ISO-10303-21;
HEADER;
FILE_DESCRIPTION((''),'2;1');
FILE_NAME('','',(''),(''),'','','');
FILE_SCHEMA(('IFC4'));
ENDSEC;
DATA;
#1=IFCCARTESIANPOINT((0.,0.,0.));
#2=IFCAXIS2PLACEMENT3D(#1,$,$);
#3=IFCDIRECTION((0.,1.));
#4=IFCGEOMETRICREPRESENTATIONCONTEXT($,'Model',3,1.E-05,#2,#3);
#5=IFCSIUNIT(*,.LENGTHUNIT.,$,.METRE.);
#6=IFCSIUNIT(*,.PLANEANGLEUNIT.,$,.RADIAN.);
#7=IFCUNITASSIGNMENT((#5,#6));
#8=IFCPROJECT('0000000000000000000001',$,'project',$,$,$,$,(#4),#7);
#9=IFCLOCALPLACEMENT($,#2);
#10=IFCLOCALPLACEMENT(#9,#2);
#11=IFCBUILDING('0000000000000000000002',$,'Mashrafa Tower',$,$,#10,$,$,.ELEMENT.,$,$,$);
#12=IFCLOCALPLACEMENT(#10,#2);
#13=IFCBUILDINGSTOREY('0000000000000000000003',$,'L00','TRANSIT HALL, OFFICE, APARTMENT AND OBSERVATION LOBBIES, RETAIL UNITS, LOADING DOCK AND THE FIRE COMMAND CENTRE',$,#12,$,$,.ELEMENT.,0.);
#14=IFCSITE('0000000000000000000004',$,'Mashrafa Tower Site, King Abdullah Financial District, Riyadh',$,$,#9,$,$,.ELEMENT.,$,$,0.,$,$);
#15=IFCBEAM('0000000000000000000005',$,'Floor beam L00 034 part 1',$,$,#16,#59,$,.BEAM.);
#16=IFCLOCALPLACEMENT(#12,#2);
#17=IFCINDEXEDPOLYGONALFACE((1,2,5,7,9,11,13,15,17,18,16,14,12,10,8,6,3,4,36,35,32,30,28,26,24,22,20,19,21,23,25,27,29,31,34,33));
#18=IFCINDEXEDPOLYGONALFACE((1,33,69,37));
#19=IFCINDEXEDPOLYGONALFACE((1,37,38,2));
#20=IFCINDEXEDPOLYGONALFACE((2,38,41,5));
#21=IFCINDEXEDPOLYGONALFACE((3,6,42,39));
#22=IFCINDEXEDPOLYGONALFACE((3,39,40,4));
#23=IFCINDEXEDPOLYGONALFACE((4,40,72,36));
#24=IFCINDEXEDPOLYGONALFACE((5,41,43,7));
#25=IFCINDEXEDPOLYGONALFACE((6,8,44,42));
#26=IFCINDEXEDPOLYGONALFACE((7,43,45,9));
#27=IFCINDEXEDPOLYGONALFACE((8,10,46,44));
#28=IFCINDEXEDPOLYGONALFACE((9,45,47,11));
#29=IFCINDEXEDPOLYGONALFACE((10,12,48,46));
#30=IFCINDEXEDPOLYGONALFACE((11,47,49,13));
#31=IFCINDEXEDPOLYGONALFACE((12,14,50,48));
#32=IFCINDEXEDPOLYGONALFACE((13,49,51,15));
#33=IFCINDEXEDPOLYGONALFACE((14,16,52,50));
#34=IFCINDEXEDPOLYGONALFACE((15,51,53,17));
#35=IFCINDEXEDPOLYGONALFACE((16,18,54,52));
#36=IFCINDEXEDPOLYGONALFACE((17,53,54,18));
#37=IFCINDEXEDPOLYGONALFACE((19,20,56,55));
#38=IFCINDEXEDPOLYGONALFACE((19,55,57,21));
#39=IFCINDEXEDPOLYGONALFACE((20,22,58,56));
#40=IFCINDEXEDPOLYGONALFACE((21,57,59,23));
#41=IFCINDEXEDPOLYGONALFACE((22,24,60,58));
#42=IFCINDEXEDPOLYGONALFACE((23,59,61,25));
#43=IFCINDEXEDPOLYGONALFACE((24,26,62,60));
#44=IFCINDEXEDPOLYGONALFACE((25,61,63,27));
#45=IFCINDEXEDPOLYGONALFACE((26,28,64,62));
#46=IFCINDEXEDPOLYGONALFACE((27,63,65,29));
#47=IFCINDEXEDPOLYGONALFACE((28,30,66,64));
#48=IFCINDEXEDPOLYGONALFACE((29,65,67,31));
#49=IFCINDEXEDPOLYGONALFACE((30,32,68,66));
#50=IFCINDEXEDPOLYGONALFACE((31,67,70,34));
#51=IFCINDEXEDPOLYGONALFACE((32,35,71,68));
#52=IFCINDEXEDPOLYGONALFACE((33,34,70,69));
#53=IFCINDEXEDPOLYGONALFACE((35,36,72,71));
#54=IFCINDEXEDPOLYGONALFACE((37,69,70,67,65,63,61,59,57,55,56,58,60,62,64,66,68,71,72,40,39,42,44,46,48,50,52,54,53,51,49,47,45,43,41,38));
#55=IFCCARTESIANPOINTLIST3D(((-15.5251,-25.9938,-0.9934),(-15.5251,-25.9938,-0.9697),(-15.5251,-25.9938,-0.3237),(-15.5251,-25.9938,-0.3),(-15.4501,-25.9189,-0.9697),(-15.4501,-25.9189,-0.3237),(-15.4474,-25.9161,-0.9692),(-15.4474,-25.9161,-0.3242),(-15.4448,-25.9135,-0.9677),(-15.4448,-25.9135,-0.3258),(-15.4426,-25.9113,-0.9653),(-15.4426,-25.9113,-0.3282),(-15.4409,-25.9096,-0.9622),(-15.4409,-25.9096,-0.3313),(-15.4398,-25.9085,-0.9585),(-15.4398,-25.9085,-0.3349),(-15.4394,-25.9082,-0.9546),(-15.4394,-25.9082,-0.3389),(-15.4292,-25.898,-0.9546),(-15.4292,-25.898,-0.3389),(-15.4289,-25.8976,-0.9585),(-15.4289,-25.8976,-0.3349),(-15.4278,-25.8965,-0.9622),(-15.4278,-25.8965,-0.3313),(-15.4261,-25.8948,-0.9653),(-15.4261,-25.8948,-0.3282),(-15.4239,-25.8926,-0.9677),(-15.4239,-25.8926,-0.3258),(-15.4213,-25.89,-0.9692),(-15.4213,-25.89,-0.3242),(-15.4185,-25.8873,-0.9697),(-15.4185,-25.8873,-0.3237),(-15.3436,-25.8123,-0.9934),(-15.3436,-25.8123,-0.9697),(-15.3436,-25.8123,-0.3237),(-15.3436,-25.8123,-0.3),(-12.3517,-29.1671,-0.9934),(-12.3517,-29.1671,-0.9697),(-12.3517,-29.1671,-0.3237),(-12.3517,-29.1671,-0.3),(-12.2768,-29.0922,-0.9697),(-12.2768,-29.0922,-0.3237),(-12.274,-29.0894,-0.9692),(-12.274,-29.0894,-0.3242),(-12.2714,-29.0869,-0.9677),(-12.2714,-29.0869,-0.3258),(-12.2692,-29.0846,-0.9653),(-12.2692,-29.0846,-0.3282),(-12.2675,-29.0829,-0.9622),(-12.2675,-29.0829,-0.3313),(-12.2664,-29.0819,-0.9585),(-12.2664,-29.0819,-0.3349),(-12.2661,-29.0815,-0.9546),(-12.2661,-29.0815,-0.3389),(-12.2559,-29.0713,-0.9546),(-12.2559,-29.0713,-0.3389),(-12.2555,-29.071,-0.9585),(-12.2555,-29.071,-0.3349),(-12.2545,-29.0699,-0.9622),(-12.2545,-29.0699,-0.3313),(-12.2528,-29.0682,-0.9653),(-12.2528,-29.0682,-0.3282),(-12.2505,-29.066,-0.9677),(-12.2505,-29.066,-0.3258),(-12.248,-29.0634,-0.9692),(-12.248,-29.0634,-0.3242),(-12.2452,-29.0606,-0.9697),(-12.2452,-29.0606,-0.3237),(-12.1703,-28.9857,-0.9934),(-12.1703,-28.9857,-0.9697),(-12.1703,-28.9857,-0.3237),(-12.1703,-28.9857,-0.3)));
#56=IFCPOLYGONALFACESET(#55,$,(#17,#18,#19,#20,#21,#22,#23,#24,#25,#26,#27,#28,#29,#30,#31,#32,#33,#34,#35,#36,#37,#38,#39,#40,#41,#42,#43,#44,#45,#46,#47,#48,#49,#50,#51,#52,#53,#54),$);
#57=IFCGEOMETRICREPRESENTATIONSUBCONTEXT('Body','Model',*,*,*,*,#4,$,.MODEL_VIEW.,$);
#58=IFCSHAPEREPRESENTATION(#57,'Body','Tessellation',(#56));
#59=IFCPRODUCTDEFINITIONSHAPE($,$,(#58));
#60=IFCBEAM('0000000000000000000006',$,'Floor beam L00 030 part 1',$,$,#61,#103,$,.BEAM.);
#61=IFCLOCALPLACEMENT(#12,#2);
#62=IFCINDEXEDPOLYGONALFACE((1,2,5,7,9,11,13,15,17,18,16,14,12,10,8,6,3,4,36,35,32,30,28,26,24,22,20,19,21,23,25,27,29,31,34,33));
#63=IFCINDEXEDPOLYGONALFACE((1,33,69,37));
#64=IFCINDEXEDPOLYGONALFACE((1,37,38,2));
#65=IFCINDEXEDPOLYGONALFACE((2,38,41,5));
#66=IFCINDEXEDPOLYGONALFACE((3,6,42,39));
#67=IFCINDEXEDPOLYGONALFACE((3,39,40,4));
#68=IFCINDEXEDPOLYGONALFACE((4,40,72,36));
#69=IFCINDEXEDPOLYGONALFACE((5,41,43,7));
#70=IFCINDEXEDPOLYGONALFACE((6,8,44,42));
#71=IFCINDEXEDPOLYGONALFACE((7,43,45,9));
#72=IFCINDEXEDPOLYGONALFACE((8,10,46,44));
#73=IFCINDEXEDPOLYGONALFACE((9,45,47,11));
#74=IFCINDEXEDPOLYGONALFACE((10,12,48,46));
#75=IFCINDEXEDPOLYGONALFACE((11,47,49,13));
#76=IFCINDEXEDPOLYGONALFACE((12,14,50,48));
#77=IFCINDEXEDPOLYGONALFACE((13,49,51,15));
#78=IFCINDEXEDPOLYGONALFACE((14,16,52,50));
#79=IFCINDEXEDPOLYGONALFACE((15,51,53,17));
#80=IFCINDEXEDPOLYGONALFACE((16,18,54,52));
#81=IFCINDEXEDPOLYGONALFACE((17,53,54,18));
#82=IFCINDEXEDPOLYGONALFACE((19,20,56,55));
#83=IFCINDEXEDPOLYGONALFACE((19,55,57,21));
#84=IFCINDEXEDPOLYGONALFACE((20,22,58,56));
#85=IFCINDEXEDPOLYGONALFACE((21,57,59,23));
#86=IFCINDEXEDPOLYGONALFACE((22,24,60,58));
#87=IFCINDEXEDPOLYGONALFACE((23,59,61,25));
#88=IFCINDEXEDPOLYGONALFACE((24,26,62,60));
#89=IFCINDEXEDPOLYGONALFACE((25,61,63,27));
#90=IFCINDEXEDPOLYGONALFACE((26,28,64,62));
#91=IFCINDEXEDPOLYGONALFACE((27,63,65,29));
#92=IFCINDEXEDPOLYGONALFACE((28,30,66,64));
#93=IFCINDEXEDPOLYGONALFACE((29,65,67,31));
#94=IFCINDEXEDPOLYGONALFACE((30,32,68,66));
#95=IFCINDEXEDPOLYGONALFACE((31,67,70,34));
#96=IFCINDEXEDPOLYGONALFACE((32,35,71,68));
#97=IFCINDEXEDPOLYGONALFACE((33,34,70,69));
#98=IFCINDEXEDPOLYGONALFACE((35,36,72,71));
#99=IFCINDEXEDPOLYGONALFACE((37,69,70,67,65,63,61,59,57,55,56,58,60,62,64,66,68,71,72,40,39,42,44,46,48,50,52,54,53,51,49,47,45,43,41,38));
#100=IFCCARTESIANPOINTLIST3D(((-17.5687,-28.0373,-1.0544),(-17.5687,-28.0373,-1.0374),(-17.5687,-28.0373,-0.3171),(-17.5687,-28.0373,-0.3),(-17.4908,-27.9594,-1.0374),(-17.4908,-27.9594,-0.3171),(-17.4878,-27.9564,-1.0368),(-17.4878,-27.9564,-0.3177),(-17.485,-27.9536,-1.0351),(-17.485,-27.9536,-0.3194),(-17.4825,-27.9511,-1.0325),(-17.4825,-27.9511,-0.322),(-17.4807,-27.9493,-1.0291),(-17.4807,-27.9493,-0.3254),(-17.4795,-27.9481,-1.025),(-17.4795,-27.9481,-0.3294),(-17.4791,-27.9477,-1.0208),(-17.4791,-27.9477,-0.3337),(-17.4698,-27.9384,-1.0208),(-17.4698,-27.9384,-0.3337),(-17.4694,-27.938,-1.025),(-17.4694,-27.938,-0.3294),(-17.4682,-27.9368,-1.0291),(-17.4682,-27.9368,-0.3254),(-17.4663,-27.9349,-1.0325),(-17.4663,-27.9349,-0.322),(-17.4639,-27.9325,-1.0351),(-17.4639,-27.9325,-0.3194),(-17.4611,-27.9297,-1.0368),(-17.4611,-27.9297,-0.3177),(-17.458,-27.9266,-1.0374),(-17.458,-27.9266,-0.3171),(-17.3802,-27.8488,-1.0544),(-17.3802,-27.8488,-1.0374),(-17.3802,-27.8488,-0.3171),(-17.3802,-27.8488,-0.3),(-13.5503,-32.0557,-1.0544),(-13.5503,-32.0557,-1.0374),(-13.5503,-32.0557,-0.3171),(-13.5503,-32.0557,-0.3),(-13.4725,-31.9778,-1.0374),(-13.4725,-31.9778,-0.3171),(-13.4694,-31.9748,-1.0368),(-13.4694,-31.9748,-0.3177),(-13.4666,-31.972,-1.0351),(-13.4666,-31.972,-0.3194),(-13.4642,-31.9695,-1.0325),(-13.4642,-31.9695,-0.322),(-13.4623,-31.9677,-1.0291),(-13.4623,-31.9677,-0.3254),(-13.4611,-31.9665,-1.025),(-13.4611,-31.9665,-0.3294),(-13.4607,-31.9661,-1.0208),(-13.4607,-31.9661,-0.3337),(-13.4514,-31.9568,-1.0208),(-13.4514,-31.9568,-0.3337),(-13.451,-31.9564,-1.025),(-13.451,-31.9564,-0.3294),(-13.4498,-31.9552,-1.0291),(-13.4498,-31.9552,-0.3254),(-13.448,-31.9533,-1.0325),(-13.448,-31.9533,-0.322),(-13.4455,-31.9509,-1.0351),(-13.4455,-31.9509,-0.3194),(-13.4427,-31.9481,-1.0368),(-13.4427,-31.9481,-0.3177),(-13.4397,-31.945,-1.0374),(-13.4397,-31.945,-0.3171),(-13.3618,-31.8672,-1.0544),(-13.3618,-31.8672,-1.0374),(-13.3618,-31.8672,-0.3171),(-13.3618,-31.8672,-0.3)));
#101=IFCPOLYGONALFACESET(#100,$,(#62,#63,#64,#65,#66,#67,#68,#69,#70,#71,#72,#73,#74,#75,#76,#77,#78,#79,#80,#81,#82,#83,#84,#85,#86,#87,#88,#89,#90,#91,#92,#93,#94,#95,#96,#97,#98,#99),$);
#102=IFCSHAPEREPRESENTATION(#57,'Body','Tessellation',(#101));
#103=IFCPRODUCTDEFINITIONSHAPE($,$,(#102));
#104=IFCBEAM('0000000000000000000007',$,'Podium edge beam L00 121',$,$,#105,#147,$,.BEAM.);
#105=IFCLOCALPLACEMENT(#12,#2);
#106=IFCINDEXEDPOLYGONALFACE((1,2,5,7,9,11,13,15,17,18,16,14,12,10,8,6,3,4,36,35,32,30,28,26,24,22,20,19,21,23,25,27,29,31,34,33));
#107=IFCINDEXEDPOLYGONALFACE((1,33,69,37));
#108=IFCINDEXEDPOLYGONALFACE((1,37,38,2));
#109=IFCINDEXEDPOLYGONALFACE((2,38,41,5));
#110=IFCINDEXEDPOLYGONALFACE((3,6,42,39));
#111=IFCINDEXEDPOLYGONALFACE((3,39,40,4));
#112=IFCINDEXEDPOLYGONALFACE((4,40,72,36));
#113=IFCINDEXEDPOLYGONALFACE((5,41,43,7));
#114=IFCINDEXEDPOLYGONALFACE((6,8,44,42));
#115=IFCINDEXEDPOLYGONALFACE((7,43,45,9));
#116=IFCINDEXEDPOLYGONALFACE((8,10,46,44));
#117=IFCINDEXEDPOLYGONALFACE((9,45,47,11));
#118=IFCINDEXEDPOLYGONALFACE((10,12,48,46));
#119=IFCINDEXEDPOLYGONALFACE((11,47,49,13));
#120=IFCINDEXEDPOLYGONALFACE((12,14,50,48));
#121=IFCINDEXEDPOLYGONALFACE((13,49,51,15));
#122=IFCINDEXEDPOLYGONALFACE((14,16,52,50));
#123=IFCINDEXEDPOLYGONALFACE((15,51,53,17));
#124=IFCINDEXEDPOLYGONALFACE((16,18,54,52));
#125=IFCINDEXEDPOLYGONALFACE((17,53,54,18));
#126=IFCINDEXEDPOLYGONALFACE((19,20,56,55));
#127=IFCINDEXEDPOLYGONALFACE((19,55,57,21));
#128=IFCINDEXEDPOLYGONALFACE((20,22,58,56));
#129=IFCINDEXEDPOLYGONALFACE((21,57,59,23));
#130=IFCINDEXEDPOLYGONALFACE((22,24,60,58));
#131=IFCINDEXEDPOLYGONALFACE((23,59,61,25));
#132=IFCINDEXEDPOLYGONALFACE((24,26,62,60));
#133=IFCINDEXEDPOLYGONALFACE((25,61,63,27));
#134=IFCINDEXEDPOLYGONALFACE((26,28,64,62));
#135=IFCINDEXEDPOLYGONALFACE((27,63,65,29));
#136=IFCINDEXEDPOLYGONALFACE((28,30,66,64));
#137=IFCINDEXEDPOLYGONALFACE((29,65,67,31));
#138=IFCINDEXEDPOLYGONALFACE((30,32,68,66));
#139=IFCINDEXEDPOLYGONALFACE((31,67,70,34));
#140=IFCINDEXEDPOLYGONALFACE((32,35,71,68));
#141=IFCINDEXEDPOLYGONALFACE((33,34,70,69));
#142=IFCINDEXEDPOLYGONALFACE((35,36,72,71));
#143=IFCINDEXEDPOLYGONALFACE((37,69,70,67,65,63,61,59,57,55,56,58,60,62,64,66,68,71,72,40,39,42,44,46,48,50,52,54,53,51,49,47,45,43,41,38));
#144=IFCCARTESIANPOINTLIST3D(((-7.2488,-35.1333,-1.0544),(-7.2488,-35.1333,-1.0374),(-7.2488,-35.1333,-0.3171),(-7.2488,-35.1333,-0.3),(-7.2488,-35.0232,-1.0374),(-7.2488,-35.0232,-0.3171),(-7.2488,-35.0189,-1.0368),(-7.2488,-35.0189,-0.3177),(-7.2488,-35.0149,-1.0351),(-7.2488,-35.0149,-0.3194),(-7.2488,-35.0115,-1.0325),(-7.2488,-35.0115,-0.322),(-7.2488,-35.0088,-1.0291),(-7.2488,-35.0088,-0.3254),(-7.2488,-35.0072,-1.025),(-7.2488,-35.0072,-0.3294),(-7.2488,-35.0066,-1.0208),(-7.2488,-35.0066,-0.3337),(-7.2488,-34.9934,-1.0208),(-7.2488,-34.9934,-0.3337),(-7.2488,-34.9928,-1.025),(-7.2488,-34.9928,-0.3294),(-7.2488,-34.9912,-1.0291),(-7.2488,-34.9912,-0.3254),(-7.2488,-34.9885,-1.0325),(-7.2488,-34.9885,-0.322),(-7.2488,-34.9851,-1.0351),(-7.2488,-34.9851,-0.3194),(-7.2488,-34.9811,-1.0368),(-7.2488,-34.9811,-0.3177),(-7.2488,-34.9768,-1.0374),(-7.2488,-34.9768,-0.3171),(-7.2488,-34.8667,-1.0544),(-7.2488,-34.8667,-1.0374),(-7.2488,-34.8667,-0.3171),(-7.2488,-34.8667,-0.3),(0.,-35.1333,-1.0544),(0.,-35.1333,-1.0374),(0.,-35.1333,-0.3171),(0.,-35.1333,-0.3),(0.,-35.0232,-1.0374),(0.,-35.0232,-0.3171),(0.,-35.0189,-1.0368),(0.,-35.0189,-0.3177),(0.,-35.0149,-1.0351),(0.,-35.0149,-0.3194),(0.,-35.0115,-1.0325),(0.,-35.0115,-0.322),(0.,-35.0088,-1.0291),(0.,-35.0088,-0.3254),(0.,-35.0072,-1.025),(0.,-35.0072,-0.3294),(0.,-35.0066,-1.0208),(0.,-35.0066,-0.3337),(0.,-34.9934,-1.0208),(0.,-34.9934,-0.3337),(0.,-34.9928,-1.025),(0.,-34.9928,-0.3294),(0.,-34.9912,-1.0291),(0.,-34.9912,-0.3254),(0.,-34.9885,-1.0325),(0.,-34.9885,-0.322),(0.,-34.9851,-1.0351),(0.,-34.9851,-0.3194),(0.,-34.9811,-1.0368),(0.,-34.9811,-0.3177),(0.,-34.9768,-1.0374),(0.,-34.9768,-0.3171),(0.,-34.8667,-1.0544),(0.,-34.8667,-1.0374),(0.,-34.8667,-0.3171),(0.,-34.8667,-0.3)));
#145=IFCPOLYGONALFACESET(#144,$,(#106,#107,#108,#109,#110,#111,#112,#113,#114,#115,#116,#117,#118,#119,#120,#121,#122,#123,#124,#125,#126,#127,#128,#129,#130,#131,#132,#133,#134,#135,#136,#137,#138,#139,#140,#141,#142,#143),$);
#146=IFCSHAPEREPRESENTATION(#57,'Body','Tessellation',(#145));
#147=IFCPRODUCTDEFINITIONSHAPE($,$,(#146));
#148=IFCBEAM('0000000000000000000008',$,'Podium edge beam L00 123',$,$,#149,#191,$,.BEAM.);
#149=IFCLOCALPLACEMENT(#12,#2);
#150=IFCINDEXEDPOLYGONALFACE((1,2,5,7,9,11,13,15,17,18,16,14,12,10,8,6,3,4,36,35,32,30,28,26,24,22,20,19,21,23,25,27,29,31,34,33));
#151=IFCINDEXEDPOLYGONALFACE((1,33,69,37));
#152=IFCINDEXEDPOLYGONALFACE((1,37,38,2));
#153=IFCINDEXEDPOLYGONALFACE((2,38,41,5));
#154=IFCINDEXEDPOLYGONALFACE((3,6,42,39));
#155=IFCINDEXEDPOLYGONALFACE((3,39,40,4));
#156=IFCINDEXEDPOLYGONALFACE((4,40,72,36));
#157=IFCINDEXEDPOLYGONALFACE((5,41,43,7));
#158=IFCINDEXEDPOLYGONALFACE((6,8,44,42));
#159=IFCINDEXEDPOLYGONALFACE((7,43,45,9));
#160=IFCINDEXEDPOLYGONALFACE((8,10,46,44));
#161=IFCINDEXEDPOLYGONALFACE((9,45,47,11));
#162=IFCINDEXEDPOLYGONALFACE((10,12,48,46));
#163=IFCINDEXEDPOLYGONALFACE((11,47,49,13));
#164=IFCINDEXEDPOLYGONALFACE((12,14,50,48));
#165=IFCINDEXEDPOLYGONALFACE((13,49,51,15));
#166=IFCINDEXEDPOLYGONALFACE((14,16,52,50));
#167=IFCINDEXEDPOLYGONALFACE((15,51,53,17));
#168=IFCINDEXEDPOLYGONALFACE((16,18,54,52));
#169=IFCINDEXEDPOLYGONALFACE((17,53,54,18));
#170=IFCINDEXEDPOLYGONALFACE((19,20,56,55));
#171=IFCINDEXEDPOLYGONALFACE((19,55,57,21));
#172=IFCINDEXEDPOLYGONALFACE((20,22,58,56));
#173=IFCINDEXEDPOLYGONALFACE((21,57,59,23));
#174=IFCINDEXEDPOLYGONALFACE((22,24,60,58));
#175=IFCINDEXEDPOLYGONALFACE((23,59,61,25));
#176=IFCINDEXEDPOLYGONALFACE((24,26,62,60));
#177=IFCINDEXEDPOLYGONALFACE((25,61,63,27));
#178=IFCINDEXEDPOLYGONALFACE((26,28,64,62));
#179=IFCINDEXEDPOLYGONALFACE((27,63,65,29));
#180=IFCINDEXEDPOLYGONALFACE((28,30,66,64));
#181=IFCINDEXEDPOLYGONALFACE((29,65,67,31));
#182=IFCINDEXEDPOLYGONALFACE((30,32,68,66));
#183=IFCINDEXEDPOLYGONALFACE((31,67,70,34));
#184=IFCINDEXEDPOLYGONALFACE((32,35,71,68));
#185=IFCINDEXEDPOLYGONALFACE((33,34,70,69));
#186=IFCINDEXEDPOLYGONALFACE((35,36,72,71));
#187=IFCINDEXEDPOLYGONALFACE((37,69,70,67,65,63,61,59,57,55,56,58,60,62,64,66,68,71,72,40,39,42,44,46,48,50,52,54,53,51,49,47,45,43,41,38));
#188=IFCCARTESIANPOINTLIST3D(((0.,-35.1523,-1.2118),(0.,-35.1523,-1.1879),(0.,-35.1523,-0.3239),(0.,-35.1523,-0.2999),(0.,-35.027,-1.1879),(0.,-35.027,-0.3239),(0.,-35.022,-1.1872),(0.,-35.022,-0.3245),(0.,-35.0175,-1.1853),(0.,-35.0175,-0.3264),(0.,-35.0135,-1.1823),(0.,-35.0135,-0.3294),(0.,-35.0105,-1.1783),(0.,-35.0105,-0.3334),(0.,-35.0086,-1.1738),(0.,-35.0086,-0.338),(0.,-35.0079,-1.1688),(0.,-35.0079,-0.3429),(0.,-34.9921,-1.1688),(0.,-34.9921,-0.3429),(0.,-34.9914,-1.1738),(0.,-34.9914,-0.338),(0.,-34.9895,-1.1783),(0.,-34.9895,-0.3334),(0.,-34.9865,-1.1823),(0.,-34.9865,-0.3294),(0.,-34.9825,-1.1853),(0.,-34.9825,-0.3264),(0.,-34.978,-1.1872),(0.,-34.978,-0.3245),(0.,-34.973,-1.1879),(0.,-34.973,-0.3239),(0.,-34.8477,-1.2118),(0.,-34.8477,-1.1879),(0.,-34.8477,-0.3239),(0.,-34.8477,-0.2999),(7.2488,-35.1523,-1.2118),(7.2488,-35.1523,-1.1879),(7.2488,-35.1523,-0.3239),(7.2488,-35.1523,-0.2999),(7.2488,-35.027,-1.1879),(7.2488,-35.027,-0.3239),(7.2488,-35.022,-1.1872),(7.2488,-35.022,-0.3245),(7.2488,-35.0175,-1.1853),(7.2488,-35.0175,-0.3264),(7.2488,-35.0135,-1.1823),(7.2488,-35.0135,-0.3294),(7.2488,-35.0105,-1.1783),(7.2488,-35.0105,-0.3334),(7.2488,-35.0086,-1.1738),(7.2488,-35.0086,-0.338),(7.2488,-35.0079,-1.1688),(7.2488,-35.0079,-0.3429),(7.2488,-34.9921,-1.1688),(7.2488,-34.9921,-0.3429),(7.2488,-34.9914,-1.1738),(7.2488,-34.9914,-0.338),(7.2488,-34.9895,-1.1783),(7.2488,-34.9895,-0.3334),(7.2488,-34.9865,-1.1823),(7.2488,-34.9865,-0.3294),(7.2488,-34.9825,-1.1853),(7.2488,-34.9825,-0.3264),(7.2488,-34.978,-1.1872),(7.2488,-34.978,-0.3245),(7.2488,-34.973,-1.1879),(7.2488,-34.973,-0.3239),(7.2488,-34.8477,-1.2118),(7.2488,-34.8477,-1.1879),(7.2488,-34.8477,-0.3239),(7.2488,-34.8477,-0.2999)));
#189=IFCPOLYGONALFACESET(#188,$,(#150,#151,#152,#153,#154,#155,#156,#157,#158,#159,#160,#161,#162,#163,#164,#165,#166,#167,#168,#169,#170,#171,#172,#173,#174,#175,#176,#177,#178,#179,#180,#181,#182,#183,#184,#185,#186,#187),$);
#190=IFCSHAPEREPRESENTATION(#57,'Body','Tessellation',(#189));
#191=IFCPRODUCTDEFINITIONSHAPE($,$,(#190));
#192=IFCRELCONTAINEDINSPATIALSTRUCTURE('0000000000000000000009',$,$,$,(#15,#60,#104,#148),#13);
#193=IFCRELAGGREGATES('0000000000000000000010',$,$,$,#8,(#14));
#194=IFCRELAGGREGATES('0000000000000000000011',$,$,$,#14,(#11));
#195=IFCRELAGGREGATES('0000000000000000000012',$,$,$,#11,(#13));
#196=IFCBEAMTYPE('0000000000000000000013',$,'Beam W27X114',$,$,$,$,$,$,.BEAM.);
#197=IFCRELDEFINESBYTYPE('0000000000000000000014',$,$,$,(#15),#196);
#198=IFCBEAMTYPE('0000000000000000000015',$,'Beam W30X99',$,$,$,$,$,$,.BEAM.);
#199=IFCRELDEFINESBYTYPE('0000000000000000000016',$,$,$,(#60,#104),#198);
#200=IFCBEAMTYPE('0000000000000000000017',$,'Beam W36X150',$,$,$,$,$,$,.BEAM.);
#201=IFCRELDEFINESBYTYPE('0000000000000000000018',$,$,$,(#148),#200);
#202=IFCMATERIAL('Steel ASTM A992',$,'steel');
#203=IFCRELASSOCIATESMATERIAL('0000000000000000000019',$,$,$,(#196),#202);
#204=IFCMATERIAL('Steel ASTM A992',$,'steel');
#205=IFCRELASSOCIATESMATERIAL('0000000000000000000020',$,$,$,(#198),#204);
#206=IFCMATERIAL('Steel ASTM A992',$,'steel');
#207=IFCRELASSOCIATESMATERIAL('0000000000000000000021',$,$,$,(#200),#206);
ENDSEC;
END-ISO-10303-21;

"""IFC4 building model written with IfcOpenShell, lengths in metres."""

from ifc_helpers import new_model, si_unit, direction, frame, origin, origin_2d, place, context, subcontext, project, spatial, i_section, extrude, material, material_profile, profile_set, type_object, element, save


model = new_model("IFC4")

# Units and contexts
model_context = context("Model", 3, precision=1e-05, world=origin(), true_north=direction((0.0, 1.0)))
body_context = subcontext(model_context, "Body", "Model", "MODEL_VIEW")
ifc_project = project(units=[si_unit("LENGTHUNIT", "METRE"), si_unit("PLANEANGLEUNIT", "RADIAN")], contexts=[model_context])

# Site, building, storey
site_placement = place(None, origin())
site = spatial("IfcSite", under=ifc_project, at=site_placement, Name="Mashrafa Tower Site, King Abdullah Financial District, Riyadh", CompositionType="ELEMENT", RefElevation=0.0)
building_placement = place(site_placement, origin())
building = spatial("IfcBuilding", under=site, at=building_placement, Name="Mashrafa Tower", CompositionType="ELEMENT")
storey_placement = place(building_placement, origin())
storey = spatial("IfcBuildingStorey", under=building, at=storey_placement, Name="L00", Description="TRANSIT HALL, OFFICE, APARTMENT AND OBSERVATION LOBBIES, RETAIL UNITS, LOADING DOCK AND THE FIRE COMMAND CENTRE", CompositionType="ELEMENT", Elevation=0.0)

# Beams
ifc_material_1 = material(Name="Steel ASTM A992", Category="steel")
ifc_material_profile_1 = material_profile(ifc_material_1, i_section(OverallWidth=0.2566, OverallDepth=0.6934, WebThickness=0.0144, FlangeThickness=0.0237, FilletRadius=0.0151, at=origin_2d()), Name="W27X114")
ifc_profile_set_1 = profile_set([ifc_material_profile_1], Name="Steel ASTM A992")
beam_type_1 = type_object("IfcBeamType", Name="Beam W27X114", PredefinedType="BEAM", material=ifc_profile_set_1)
beam_1_placement = place(storey_placement, frame((-12.261, -29.0764, -0.6467), z_axis=(-0.707107, 0.707107, 0.0), x_axis=(-0.707107, -0.707107, 0.0)))
element("IfcBeam", 1, at=beam_1_placement, inside=storey, type_object=beam_type_1, Name="Floor beam L00 034 part 1", PredefinedType="BEAM", context=body_context, shape_type="SweptSolid", body=[
    extrude(i_section(OverallWidth=0.2566, OverallDepth=0.6934, WebThickness=0.0144, FlangeThickness=0.0237, FilletRadius=0.0151, at=origin_2d()), origin(), (0.0, 0.0, 1.0), 4.4878),
])
ifc_material_2 = material(Name="Steel ASTM A992", Category="steel")
ifc_material_profile_2 = material_profile(ifc_material_2, i_section(OverallWidth=0.2666, OverallDepth=0.7544, WebThickness=0.0132, FlangeThickness=0.0171, FilletRadius=0.0166, at=origin_2d()), Name="W30X99")
ifc_profile_set_2 = profile_set([ifc_material_profile_2], Name="Steel ASTM A992")
beam_type_2 = type_object("IfcBeamType", Name="Beam W30X99", PredefinedType="BEAM", material=ifc_profile_set_2)
beam_2_placement = place(storey_placement, frame((-13.4561, -31.9614, -0.6772), z_axis=(-0.707107, 0.707107, 0.0), x_axis=(-0.707107, -0.707107, 0.0)))
element("IfcBeam", 2, at=beam_2_placement, inside=storey, type_object=beam_type_2, Name="Floor beam L00 030 part 1", PredefinedType="BEAM", context=body_context, shape_type="SweptSolid", body=[
    extrude(i_section(OverallWidth=0.2666, OverallDepth=0.7544, WebThickness=0.0132, FlangeThickness=0.0171, FilletRadius=0.0166, at=origin_2d()), origin(), (0.0, 0.0, 1.0), 5.6829),
])
beam_3_placement = place(storey_placement, frame((-7.2488, -35.0, -0.6772), z_axis=(1.0, 0.0, 0.0), x_axis=(0.0, 1.0, 0.0)))
element("IfcBeam", 3, at=beam_3_placement, inside=storey, type_object=beam_type_2, Name="Podium edge beam L00 121", PredefinedType="BEAM", context=body_context, shape_type="SweptSolid", body=[
    extrude(i_section(OverallWidth=0.2666, OverallDepth=0.7544, WebThickness=0.0132, FlangeThickness=0.0171, FilletRadius=0.0166, at=origin_2d()), origin(), (0.0, 0.0, 1.0), 7.2488),
])
ifc_material_3 = material(Name="Steel ASTM A992", Category="steel")
ifc_material_profile_3 = material_profile(ifc_material_3, i_section(OverallWidth=0.3047, OverallDepth=0.9119, WebThickness=0.0159, FlangeThickness=0.0239, FilletRadius=0.019, at=origin_2d()), Name="W36X150")
ifc_profile_set_3 = profile_set([ifc_material_profile_3], Name="Steel ASTM A992")
beam_type_3 = type_object("IfcBeamType", Name="Beam W36X150", PredefinedType="BEAM", material=ifc_profile_set_3)
beam_4_placement = place(storey_placement, frame((0.0, -35.0, -0.7559), z_axis=(1.0, 0.0, 0.0), x_axis=(0.0, 1.0, 0.0)))
element("IfcBeam", 4, at=beam_4_placement, inside=storey, type_object=beam_type_3, Name="Podium edge beam L00 123", PredefinedType="BEAM", context=body_context, shape_type="SweptSolid", body=[
    extrude(i_section(OverallWidth=0.3047, OverallDepth=0.9119, WebThickness=0.0159, FlangeThickness=0.0239, FilletRadius=0.019, at=origin_2d()), origin(), (0.0, 0.0, 1.0), 7.2488),
])

save(model, "model.ifc")
